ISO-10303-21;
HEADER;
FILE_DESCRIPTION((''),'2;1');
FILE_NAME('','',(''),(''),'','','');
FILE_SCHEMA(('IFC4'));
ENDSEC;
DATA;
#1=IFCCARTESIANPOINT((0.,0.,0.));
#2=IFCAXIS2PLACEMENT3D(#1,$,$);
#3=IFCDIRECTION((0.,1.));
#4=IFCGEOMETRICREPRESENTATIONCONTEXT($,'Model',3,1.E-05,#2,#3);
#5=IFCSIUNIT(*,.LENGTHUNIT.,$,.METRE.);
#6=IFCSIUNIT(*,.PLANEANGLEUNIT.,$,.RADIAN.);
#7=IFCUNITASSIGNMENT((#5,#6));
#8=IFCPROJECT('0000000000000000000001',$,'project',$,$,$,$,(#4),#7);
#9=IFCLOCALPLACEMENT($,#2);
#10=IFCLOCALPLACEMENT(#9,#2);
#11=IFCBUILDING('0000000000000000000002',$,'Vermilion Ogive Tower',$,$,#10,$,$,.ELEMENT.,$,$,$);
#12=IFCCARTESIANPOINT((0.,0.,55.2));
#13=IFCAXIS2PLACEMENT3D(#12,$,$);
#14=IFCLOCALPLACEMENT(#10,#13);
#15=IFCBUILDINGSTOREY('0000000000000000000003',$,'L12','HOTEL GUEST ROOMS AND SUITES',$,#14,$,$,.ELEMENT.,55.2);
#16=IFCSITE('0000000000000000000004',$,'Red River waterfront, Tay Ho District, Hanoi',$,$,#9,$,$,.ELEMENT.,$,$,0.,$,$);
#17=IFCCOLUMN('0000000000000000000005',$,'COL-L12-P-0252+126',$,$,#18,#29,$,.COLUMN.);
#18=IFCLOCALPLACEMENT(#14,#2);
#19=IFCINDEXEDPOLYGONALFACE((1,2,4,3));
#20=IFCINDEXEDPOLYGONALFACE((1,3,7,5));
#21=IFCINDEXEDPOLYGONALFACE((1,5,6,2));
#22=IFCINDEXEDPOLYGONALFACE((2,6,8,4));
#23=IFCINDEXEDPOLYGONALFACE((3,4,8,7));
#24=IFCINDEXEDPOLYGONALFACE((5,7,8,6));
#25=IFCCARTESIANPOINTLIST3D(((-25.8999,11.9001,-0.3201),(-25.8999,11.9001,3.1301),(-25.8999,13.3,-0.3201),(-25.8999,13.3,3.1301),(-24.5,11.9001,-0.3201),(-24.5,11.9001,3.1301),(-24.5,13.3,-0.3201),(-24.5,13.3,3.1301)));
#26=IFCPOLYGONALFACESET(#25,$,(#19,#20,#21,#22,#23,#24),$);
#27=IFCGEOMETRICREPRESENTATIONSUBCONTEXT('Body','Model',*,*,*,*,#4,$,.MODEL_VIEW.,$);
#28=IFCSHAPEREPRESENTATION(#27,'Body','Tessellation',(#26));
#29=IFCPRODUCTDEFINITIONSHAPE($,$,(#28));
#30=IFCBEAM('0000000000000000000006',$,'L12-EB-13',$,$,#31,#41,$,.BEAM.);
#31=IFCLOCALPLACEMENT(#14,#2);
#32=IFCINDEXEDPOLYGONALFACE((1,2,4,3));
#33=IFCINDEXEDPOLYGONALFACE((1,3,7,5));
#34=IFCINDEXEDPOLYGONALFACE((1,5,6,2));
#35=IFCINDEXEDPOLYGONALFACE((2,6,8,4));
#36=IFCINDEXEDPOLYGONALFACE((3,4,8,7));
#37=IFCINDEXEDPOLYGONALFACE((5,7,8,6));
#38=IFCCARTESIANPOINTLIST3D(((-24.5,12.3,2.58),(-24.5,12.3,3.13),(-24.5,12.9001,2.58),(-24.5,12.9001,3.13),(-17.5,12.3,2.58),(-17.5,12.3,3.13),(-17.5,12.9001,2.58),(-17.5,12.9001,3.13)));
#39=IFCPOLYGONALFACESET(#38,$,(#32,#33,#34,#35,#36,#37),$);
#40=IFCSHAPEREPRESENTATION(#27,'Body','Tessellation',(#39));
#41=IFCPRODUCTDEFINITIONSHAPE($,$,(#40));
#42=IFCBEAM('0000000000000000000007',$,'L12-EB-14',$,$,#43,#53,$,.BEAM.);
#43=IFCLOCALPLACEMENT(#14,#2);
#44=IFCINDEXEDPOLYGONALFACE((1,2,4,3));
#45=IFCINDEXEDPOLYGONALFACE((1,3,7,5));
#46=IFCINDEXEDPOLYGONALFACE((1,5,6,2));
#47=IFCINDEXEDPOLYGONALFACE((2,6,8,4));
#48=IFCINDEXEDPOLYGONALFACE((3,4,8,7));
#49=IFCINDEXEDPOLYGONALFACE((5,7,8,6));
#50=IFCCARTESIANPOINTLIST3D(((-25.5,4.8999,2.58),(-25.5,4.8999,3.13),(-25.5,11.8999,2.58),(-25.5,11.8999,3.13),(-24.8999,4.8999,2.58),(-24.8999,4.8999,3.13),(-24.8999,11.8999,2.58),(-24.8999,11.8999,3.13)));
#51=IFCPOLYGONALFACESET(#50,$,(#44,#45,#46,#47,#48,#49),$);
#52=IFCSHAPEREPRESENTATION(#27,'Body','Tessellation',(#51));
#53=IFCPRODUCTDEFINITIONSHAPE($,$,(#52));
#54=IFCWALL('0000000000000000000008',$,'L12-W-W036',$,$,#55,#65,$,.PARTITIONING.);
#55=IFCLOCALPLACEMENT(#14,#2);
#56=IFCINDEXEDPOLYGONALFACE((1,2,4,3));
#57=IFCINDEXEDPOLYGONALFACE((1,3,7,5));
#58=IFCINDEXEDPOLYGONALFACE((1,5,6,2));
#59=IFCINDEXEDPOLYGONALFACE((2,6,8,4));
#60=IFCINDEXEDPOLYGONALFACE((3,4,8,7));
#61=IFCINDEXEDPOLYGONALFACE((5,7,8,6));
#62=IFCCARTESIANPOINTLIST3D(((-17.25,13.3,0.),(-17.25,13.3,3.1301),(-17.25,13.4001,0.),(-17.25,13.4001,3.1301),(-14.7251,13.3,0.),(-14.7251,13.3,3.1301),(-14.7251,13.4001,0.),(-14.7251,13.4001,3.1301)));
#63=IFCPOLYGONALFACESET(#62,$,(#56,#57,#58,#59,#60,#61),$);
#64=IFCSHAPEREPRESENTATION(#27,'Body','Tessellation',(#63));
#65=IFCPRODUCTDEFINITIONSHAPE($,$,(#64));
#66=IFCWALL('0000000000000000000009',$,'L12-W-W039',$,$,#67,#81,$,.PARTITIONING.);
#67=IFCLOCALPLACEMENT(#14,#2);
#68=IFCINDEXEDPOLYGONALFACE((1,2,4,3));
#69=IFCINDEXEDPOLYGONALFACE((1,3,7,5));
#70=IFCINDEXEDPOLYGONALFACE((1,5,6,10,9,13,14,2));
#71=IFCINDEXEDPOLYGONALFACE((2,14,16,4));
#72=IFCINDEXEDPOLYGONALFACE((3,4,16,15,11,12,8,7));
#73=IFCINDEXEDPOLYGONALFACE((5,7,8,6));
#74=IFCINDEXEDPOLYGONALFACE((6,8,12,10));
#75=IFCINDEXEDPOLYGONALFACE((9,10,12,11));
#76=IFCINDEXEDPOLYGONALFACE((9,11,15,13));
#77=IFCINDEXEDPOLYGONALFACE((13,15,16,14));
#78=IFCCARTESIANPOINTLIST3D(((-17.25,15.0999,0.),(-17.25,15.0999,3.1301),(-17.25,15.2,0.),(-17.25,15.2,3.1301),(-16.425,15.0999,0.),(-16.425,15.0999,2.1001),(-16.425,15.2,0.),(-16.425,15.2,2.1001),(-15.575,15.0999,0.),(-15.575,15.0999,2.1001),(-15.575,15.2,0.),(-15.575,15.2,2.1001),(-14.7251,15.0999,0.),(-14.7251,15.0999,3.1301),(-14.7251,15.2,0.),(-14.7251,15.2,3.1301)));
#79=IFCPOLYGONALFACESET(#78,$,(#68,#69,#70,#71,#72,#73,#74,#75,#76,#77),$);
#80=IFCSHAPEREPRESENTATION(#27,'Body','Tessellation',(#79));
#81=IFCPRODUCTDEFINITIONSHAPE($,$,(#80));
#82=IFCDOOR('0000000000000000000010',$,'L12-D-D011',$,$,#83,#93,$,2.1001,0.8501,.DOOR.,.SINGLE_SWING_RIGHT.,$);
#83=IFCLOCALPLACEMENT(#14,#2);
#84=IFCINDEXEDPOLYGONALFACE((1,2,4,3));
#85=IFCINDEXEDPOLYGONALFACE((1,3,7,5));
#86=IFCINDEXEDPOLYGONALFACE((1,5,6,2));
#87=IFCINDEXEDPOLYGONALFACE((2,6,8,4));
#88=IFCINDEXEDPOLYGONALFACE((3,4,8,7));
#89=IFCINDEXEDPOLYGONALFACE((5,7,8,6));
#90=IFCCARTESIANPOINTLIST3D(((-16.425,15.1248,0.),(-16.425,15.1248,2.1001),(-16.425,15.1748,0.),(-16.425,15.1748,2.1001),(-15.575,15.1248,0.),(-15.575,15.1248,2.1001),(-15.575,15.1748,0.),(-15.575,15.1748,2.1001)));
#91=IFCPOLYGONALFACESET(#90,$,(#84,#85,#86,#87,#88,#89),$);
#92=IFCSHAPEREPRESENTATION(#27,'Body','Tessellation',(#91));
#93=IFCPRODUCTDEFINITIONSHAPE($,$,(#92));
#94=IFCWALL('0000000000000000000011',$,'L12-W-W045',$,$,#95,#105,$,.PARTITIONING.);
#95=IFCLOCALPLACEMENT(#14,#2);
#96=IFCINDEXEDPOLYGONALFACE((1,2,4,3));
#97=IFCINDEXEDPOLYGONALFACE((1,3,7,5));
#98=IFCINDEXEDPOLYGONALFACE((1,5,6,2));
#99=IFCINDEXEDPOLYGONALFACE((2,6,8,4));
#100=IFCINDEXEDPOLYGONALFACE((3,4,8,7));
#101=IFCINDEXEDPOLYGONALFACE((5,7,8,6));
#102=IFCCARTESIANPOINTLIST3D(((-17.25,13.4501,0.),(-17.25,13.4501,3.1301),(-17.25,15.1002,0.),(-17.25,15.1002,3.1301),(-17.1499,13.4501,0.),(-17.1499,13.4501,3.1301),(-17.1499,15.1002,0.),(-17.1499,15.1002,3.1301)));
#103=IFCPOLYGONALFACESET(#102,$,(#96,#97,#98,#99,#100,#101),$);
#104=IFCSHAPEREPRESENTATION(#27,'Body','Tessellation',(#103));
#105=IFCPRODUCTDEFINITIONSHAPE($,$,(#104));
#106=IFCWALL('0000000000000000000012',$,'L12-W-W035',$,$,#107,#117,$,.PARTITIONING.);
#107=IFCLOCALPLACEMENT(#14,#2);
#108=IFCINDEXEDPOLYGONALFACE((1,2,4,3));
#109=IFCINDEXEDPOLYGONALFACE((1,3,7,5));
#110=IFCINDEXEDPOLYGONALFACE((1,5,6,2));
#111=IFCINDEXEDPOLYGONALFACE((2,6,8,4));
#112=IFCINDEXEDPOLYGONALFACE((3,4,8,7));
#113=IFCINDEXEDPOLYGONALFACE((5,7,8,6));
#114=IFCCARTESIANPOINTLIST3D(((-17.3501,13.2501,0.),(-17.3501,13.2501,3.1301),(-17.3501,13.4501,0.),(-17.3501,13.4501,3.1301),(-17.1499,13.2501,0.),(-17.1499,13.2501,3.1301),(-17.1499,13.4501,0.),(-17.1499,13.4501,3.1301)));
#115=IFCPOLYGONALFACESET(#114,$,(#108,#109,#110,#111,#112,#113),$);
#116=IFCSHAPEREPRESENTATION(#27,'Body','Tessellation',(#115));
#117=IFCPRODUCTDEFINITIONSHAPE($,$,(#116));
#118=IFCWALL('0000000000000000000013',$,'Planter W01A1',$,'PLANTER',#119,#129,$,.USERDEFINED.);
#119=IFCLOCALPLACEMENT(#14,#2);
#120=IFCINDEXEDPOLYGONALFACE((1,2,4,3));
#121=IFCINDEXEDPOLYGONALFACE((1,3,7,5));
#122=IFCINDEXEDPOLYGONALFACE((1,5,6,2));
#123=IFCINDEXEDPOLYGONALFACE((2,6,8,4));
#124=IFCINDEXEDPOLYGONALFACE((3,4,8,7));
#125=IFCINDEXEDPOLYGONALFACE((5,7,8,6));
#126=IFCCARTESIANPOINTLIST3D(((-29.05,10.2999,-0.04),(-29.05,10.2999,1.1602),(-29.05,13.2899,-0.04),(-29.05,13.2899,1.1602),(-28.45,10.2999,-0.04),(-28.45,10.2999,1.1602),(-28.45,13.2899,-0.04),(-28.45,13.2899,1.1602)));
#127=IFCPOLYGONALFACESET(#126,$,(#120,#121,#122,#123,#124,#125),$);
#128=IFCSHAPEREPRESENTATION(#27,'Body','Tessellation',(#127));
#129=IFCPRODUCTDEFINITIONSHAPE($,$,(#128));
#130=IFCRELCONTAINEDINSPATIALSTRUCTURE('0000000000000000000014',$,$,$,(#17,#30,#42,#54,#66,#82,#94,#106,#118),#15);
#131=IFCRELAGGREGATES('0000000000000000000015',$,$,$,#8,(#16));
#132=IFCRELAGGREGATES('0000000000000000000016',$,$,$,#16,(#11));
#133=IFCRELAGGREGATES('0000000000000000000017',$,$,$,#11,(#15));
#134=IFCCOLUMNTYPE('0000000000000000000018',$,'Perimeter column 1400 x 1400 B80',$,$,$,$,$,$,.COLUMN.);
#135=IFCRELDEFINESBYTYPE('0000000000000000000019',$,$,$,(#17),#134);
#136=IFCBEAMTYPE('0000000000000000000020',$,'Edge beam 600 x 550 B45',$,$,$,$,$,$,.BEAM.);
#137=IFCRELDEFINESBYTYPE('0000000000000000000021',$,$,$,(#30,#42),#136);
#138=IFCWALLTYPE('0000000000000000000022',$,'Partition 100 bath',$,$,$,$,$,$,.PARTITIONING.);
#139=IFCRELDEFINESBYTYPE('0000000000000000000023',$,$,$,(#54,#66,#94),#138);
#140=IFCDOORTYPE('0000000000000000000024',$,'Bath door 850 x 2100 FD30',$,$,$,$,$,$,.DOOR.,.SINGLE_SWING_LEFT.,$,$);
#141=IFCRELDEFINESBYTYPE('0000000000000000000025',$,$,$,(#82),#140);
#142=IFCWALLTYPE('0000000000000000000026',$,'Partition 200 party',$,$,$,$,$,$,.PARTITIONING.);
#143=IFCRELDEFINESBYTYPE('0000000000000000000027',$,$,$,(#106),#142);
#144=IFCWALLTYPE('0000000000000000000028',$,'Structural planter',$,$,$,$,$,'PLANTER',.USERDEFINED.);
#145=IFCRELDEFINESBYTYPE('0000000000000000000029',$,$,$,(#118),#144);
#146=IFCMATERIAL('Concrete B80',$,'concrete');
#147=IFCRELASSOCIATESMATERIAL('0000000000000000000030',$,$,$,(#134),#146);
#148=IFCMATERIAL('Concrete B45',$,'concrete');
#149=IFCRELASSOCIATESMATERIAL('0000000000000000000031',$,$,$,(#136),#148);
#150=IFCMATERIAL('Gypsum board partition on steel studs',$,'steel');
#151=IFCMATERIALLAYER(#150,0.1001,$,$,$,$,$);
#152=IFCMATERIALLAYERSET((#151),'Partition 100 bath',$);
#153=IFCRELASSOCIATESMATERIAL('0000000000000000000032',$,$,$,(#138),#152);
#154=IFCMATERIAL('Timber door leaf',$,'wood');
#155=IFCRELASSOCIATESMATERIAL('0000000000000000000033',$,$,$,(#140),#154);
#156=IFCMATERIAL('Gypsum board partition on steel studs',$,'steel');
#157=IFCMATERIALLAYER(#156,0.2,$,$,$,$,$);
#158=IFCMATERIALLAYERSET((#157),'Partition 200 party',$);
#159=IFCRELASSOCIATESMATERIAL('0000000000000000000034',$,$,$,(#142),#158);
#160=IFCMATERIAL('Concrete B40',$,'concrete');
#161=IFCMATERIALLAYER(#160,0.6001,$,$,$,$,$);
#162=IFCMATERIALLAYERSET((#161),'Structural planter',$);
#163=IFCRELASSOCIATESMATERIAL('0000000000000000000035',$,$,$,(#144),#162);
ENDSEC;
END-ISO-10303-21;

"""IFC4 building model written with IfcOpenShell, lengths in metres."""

from ifc_helpers import new_model, si_unit, direction, frame, frame_2d, origin, origin_2d, place, context, subcontext, project, spatial, rectangle, extrude, material, layer, layer_set, material_profile, profile_set, type_object, element, fill, save


model = new_model("IFC4")

# Units and contexts
model_context = context("Model", 3, precision=1e-05, world=origin(), true_north=direction((0.0, 1.0)))
body_context = subcontext(model_context, "Body", "Model", "MODEL_VIEW")
ifc_project = project(units=[si_unit("LENGTHUNIT", "METRE"), si_unit("PLANEANGLEUNIT", "RADIAN")], contexts=[model_context])

# Site, building, storey
site_placement = place(None, origin())
site = spatial("IfcSite", under=ifc_project, at=site_placement, Name="Red River waterfront, Tay Ho District, Hanoi", CompositionType="ELEMENT", RefElevation=0.0)
building_placement = place(site_placement, origin())
building = spatial("IfcBuilding", under=site, at=building_placement, Name="Vermilion Ogive Tower", CompositionType="ELEMENT")
storey_placement = place(building_placement, frame((0.0, 0.0, 55.2)))
storey = spatial("IfcBuildingStorey", under=building, at=storey_placement, Name="L12", Description="HOTEL GUEST ROOMS AND SUITES", CompositionType="ELEMENT", Elevation=55.2)

# Column
ifc_material_1 = material(Name="Concrete B80", Category="concrete")
ifc_material_profile_1 = material_profile(ifc_material_1, rectangle(XDim=1.3999, YDim=1.3999, at=origin_2d()), Name="1400 x 1400")
ifc_profile_set_1 = profile_set([ifc_material_profile_1], Name="Concrete B80")
column_type = type_object("IfcColumnType", Name="Perimeter column 1400 x 1400 B80", PredefinedType="COLUMN", material=ifc_profile_set_1)
column_placement = place(storey_placement, frame((-25.2, 12.6001, -0.3201), z_axis=(0.0, 0.0, 1.0), x_axis=(1.0, 0.0, 0.0)))
element("IfcColumn", 1, at=column_placement, inside=storey, type_object=column_type, Name="COL-L12-P-0252+126", PredefinedType="COLUMN", context=body_context, shape_type="SweptSolid", body=[
    extrude(rectangle(XDim=1.3999, YDim=1.3999, at=origin_2d()), origin(), (0.0, 0.0, 1.0), 3.4502),
])

# Beams
ifc_material_2 = material(Name="Concrete B45", Category="concrete")
ifc_material_profile_2 = material_profile(ifc_material_2, rectangle(XDim=0.6001, YDim=0.55, at=origin_2d()), Name="600 x 550")
ifc_profile_set_2 = profile_set([ifc_material_profile_2], Name="Concrete B45")
beam_type = type_object("IfcBeamType", Name="Edge beam 600 x 550 B45", PredefinedType="BEAM", material=ifc_profile_set_2)
for number, where, z_axis, x_axis, name in (
    (2, (-17.5, 12.6001, 2.855), (-1.0, 0.0, 0.0), (0.0, -1.0, 0.0), "L12-EB-13"),
    (3, (-25.2, 11.8999, 2.855), (0.0, -1.0, 0.0), (1.0, 0.0, 0.0), "L12-EB-14"),
):
    element("IfcBeam", number, at=place(storey_placement, frame(where, z_axis=z_axis, x_axis=x_axis)), inside=storey, type_object=beam_type, Name=name, PredefinedType="BEAM", context=body_context, shape_type="SweptSolid", body=[
        extrude(rectangle(XDim=0.6001, YDim=0.55, at=origin_2d()), origin(), (0.0, 0.0, 1.0), 7.0),
    ])

# Wall
ifc_material_3 = material(Name="Gypsum board partition on steel studs", Category="steel")
ifc_layer_1 = layer(ifc_material_3, 0.1001)
ifc_layer_set_1 = layer_set([ifc_layer_1], Name="Partition 100 bath")
wall_type_1 = type_object("IfcWallType", Name="Partition 100 bath", PredefinedType="PARTITIONING", material=ifc_layer_set_1)
wall_1_placement = place(storey_placement, frame((-17.25, 13.3501, 0.0), z_axis=(0.0, 0.0, 1.0), x_axis=(1.0, 0.0, 0.0)))
element("IfcWall", 4, at=wall_1_placement, inside=storey, type_object=wall_type_1, Name="L12-W-W036", PredefinedType="PARTITIONING", context=body_context, shape_type="SweptSolid", body=[
    extrude(rectangle(XDim=2.5249, YDim=0.1001, at=frame_2d((1.2625, 0.0))), origin(), (0.0, 0.0, 1.0), 3.1301),
])

# Wall, opening, door
wall_2_placement = place(storey_placement, frame((-17.25, 15.1499, 0.0), z_axis=(0.0, 0.0, 1.0), x_axis=(1.0, 0.0, 0.0)))
wall_2 = element("IfcWall", 5, at=wall_2_placement, inside=storey, type_object=wall_type_1, Name="L12-W-W039", PredefinedType="PARTITIONING", context=body_context, shape_type="SweptSolid", body=[
    extrude(rectangle(XDim=2.5249, YDim=0.1001, at=frame_2d((1.2625, 0.0))), origin(), (0.0, 0.0, 1.0), 3.1301),
])
opening_1_placement = place(wall_2_placement, frame((0.825, 0.0, 0.0)))
opening_1 = element("IfcOpeningElement", 6, at=opening_1_placement, cuts=wall_2, PredefinedType="OPENING", context=body_context, shape_type="SweptSolid", body=[
    extrude(rectangle(XDim=0.8501, YDim=2.1001, at=frame_2d((0.425, 1.05))), frame((0.0, 0.0601, 0.0), z_axis=(0.0, -1.0, 0.0), x_axis=(1.0, 0.0, 0.0)), (0.0, 0.0, 1.0), 0.1201),
])
ifc_material_4 = material(Name="Timber door leaf", Category="wood")
door_type_1 = type_object("IfcDoorType", Name="Bath door 850 x 2100 FD30", OperationType="SINGLE_SWING_LEFT", PredefinedType="DOOR", material=ifc_material_4)
door_1_placement = place(opening_1_placement, origin())
door_1 = element("IfcDoor", 7, at=door_1_placement, inside=storey, type_object=door_type_1, Name="L12-D-D011", OperationType="SINGLE_SWING_RIGHT", OverallHeight=2.1001, OverallWidth=0.8501, PredefinedType="DOOR", context=body_context, shape_type="SweptSolid", body=[
    extrude(rectangle(XDim=0.8501, YDim=2.1001, at=frame_2d((0.425, 1.05))), frame((0.0, 0.0249, 0.0), z_axis=(0.0, -1.0, 0.0), x_axis=(1.0, 0.0, 0.0)), (0.0, 0.0, 1.0), 0.05),
])
fill(opening_1, door_1)

# Walls
wall_3_placement = place(storey_placement, frame((-17.2, 13.45, 0.0), z_axis=(0.0, 0.0, 1.0), x_axis=(0.0, 1.0, 0.0)))
element("IfcWall", 8, at=wall_3_placement, inside=storey, type_object=wall_type_1, Name="L12-W-W045", PredefinedType="PARTITIONING", context=body_context, shape_type="SweptSolid", body=[
    extrude(rectangle(XDim=1.6501, YDim=0.1001, at=frame_2d((0.8252, 0.0))), origin(), (0.0, 0.0, 1.0), 3.1301),
])
ifc_material_5 = material(Name="Gypsum board partition on steel studs", Category="steel")
ifc_layer_2 = layer(ifc_material_5, 0.2)
ifc_layer_set_2 = layer_set([ifc_layer_2], Name="Partition 200 party")
wall_type_2 = type_object("IfcWallType", Name="Partition 200 party", PredefinedType="PARTITIONING", material=ifc_layer_set_2)
wall_4_placement = place(storey_placement, frame((-17.3501, 13.3501, 0.0), z_axis=(0.0, 0.0, 1.0), x_axis=(1.0, 0.0, 0.0)))
element("IfcWall", 9, at=wall_4_placement, inside=storey, type_object=wall_type_2, Name="L12-W-W035", PredefinedType="PARTITIONING", context=body_context, shape_type="SweptSolid", body=[
    extrude(rectangle(XDim=0.2002, YDim=0.2, at=frame_2d((0.1001, 0.0))), origin(), (0.0, 0.0, 1.0), 3.1301),
])
ifc_material_6 = material(Name="Concrete B40", Category="concrete")
ifc_layer_3 = layer(ifc_material_6, 0.6001)
ifc_layer_set_3 = layer_set([ifc_layer_3], Name="Structural planter")
wall_type_3 = type_object("IfcWallType", Name="Structural planter", ElementType="PLANTER", PredefinedType="USERDEFINED", material=ifc_layer_set_3)
wall_5_placement = place(storey_placement, frame((-28.75, 13.29, -0.04), z_axis=(0.0, 0.0, 1.0), x_axis=(0.0, -1.0, 0.0)))
element("IfcWall", 10, at=wall_5_placement, inside=storey, type_object=wall_type_3, Name="Planter W01A1", ObjectType="PLANTER", PredefinedType="USERDEFINED", context=body_context, shape_type="SweptSolid", body=[
    extrude(rectangle(XDim=2.99, YDim=0.6001, at=frame_2d((1.4951, 0.0))), origin(), (0.0, 0.0, 1.0), 1.2002),
])

save(model, "model.ifc")
